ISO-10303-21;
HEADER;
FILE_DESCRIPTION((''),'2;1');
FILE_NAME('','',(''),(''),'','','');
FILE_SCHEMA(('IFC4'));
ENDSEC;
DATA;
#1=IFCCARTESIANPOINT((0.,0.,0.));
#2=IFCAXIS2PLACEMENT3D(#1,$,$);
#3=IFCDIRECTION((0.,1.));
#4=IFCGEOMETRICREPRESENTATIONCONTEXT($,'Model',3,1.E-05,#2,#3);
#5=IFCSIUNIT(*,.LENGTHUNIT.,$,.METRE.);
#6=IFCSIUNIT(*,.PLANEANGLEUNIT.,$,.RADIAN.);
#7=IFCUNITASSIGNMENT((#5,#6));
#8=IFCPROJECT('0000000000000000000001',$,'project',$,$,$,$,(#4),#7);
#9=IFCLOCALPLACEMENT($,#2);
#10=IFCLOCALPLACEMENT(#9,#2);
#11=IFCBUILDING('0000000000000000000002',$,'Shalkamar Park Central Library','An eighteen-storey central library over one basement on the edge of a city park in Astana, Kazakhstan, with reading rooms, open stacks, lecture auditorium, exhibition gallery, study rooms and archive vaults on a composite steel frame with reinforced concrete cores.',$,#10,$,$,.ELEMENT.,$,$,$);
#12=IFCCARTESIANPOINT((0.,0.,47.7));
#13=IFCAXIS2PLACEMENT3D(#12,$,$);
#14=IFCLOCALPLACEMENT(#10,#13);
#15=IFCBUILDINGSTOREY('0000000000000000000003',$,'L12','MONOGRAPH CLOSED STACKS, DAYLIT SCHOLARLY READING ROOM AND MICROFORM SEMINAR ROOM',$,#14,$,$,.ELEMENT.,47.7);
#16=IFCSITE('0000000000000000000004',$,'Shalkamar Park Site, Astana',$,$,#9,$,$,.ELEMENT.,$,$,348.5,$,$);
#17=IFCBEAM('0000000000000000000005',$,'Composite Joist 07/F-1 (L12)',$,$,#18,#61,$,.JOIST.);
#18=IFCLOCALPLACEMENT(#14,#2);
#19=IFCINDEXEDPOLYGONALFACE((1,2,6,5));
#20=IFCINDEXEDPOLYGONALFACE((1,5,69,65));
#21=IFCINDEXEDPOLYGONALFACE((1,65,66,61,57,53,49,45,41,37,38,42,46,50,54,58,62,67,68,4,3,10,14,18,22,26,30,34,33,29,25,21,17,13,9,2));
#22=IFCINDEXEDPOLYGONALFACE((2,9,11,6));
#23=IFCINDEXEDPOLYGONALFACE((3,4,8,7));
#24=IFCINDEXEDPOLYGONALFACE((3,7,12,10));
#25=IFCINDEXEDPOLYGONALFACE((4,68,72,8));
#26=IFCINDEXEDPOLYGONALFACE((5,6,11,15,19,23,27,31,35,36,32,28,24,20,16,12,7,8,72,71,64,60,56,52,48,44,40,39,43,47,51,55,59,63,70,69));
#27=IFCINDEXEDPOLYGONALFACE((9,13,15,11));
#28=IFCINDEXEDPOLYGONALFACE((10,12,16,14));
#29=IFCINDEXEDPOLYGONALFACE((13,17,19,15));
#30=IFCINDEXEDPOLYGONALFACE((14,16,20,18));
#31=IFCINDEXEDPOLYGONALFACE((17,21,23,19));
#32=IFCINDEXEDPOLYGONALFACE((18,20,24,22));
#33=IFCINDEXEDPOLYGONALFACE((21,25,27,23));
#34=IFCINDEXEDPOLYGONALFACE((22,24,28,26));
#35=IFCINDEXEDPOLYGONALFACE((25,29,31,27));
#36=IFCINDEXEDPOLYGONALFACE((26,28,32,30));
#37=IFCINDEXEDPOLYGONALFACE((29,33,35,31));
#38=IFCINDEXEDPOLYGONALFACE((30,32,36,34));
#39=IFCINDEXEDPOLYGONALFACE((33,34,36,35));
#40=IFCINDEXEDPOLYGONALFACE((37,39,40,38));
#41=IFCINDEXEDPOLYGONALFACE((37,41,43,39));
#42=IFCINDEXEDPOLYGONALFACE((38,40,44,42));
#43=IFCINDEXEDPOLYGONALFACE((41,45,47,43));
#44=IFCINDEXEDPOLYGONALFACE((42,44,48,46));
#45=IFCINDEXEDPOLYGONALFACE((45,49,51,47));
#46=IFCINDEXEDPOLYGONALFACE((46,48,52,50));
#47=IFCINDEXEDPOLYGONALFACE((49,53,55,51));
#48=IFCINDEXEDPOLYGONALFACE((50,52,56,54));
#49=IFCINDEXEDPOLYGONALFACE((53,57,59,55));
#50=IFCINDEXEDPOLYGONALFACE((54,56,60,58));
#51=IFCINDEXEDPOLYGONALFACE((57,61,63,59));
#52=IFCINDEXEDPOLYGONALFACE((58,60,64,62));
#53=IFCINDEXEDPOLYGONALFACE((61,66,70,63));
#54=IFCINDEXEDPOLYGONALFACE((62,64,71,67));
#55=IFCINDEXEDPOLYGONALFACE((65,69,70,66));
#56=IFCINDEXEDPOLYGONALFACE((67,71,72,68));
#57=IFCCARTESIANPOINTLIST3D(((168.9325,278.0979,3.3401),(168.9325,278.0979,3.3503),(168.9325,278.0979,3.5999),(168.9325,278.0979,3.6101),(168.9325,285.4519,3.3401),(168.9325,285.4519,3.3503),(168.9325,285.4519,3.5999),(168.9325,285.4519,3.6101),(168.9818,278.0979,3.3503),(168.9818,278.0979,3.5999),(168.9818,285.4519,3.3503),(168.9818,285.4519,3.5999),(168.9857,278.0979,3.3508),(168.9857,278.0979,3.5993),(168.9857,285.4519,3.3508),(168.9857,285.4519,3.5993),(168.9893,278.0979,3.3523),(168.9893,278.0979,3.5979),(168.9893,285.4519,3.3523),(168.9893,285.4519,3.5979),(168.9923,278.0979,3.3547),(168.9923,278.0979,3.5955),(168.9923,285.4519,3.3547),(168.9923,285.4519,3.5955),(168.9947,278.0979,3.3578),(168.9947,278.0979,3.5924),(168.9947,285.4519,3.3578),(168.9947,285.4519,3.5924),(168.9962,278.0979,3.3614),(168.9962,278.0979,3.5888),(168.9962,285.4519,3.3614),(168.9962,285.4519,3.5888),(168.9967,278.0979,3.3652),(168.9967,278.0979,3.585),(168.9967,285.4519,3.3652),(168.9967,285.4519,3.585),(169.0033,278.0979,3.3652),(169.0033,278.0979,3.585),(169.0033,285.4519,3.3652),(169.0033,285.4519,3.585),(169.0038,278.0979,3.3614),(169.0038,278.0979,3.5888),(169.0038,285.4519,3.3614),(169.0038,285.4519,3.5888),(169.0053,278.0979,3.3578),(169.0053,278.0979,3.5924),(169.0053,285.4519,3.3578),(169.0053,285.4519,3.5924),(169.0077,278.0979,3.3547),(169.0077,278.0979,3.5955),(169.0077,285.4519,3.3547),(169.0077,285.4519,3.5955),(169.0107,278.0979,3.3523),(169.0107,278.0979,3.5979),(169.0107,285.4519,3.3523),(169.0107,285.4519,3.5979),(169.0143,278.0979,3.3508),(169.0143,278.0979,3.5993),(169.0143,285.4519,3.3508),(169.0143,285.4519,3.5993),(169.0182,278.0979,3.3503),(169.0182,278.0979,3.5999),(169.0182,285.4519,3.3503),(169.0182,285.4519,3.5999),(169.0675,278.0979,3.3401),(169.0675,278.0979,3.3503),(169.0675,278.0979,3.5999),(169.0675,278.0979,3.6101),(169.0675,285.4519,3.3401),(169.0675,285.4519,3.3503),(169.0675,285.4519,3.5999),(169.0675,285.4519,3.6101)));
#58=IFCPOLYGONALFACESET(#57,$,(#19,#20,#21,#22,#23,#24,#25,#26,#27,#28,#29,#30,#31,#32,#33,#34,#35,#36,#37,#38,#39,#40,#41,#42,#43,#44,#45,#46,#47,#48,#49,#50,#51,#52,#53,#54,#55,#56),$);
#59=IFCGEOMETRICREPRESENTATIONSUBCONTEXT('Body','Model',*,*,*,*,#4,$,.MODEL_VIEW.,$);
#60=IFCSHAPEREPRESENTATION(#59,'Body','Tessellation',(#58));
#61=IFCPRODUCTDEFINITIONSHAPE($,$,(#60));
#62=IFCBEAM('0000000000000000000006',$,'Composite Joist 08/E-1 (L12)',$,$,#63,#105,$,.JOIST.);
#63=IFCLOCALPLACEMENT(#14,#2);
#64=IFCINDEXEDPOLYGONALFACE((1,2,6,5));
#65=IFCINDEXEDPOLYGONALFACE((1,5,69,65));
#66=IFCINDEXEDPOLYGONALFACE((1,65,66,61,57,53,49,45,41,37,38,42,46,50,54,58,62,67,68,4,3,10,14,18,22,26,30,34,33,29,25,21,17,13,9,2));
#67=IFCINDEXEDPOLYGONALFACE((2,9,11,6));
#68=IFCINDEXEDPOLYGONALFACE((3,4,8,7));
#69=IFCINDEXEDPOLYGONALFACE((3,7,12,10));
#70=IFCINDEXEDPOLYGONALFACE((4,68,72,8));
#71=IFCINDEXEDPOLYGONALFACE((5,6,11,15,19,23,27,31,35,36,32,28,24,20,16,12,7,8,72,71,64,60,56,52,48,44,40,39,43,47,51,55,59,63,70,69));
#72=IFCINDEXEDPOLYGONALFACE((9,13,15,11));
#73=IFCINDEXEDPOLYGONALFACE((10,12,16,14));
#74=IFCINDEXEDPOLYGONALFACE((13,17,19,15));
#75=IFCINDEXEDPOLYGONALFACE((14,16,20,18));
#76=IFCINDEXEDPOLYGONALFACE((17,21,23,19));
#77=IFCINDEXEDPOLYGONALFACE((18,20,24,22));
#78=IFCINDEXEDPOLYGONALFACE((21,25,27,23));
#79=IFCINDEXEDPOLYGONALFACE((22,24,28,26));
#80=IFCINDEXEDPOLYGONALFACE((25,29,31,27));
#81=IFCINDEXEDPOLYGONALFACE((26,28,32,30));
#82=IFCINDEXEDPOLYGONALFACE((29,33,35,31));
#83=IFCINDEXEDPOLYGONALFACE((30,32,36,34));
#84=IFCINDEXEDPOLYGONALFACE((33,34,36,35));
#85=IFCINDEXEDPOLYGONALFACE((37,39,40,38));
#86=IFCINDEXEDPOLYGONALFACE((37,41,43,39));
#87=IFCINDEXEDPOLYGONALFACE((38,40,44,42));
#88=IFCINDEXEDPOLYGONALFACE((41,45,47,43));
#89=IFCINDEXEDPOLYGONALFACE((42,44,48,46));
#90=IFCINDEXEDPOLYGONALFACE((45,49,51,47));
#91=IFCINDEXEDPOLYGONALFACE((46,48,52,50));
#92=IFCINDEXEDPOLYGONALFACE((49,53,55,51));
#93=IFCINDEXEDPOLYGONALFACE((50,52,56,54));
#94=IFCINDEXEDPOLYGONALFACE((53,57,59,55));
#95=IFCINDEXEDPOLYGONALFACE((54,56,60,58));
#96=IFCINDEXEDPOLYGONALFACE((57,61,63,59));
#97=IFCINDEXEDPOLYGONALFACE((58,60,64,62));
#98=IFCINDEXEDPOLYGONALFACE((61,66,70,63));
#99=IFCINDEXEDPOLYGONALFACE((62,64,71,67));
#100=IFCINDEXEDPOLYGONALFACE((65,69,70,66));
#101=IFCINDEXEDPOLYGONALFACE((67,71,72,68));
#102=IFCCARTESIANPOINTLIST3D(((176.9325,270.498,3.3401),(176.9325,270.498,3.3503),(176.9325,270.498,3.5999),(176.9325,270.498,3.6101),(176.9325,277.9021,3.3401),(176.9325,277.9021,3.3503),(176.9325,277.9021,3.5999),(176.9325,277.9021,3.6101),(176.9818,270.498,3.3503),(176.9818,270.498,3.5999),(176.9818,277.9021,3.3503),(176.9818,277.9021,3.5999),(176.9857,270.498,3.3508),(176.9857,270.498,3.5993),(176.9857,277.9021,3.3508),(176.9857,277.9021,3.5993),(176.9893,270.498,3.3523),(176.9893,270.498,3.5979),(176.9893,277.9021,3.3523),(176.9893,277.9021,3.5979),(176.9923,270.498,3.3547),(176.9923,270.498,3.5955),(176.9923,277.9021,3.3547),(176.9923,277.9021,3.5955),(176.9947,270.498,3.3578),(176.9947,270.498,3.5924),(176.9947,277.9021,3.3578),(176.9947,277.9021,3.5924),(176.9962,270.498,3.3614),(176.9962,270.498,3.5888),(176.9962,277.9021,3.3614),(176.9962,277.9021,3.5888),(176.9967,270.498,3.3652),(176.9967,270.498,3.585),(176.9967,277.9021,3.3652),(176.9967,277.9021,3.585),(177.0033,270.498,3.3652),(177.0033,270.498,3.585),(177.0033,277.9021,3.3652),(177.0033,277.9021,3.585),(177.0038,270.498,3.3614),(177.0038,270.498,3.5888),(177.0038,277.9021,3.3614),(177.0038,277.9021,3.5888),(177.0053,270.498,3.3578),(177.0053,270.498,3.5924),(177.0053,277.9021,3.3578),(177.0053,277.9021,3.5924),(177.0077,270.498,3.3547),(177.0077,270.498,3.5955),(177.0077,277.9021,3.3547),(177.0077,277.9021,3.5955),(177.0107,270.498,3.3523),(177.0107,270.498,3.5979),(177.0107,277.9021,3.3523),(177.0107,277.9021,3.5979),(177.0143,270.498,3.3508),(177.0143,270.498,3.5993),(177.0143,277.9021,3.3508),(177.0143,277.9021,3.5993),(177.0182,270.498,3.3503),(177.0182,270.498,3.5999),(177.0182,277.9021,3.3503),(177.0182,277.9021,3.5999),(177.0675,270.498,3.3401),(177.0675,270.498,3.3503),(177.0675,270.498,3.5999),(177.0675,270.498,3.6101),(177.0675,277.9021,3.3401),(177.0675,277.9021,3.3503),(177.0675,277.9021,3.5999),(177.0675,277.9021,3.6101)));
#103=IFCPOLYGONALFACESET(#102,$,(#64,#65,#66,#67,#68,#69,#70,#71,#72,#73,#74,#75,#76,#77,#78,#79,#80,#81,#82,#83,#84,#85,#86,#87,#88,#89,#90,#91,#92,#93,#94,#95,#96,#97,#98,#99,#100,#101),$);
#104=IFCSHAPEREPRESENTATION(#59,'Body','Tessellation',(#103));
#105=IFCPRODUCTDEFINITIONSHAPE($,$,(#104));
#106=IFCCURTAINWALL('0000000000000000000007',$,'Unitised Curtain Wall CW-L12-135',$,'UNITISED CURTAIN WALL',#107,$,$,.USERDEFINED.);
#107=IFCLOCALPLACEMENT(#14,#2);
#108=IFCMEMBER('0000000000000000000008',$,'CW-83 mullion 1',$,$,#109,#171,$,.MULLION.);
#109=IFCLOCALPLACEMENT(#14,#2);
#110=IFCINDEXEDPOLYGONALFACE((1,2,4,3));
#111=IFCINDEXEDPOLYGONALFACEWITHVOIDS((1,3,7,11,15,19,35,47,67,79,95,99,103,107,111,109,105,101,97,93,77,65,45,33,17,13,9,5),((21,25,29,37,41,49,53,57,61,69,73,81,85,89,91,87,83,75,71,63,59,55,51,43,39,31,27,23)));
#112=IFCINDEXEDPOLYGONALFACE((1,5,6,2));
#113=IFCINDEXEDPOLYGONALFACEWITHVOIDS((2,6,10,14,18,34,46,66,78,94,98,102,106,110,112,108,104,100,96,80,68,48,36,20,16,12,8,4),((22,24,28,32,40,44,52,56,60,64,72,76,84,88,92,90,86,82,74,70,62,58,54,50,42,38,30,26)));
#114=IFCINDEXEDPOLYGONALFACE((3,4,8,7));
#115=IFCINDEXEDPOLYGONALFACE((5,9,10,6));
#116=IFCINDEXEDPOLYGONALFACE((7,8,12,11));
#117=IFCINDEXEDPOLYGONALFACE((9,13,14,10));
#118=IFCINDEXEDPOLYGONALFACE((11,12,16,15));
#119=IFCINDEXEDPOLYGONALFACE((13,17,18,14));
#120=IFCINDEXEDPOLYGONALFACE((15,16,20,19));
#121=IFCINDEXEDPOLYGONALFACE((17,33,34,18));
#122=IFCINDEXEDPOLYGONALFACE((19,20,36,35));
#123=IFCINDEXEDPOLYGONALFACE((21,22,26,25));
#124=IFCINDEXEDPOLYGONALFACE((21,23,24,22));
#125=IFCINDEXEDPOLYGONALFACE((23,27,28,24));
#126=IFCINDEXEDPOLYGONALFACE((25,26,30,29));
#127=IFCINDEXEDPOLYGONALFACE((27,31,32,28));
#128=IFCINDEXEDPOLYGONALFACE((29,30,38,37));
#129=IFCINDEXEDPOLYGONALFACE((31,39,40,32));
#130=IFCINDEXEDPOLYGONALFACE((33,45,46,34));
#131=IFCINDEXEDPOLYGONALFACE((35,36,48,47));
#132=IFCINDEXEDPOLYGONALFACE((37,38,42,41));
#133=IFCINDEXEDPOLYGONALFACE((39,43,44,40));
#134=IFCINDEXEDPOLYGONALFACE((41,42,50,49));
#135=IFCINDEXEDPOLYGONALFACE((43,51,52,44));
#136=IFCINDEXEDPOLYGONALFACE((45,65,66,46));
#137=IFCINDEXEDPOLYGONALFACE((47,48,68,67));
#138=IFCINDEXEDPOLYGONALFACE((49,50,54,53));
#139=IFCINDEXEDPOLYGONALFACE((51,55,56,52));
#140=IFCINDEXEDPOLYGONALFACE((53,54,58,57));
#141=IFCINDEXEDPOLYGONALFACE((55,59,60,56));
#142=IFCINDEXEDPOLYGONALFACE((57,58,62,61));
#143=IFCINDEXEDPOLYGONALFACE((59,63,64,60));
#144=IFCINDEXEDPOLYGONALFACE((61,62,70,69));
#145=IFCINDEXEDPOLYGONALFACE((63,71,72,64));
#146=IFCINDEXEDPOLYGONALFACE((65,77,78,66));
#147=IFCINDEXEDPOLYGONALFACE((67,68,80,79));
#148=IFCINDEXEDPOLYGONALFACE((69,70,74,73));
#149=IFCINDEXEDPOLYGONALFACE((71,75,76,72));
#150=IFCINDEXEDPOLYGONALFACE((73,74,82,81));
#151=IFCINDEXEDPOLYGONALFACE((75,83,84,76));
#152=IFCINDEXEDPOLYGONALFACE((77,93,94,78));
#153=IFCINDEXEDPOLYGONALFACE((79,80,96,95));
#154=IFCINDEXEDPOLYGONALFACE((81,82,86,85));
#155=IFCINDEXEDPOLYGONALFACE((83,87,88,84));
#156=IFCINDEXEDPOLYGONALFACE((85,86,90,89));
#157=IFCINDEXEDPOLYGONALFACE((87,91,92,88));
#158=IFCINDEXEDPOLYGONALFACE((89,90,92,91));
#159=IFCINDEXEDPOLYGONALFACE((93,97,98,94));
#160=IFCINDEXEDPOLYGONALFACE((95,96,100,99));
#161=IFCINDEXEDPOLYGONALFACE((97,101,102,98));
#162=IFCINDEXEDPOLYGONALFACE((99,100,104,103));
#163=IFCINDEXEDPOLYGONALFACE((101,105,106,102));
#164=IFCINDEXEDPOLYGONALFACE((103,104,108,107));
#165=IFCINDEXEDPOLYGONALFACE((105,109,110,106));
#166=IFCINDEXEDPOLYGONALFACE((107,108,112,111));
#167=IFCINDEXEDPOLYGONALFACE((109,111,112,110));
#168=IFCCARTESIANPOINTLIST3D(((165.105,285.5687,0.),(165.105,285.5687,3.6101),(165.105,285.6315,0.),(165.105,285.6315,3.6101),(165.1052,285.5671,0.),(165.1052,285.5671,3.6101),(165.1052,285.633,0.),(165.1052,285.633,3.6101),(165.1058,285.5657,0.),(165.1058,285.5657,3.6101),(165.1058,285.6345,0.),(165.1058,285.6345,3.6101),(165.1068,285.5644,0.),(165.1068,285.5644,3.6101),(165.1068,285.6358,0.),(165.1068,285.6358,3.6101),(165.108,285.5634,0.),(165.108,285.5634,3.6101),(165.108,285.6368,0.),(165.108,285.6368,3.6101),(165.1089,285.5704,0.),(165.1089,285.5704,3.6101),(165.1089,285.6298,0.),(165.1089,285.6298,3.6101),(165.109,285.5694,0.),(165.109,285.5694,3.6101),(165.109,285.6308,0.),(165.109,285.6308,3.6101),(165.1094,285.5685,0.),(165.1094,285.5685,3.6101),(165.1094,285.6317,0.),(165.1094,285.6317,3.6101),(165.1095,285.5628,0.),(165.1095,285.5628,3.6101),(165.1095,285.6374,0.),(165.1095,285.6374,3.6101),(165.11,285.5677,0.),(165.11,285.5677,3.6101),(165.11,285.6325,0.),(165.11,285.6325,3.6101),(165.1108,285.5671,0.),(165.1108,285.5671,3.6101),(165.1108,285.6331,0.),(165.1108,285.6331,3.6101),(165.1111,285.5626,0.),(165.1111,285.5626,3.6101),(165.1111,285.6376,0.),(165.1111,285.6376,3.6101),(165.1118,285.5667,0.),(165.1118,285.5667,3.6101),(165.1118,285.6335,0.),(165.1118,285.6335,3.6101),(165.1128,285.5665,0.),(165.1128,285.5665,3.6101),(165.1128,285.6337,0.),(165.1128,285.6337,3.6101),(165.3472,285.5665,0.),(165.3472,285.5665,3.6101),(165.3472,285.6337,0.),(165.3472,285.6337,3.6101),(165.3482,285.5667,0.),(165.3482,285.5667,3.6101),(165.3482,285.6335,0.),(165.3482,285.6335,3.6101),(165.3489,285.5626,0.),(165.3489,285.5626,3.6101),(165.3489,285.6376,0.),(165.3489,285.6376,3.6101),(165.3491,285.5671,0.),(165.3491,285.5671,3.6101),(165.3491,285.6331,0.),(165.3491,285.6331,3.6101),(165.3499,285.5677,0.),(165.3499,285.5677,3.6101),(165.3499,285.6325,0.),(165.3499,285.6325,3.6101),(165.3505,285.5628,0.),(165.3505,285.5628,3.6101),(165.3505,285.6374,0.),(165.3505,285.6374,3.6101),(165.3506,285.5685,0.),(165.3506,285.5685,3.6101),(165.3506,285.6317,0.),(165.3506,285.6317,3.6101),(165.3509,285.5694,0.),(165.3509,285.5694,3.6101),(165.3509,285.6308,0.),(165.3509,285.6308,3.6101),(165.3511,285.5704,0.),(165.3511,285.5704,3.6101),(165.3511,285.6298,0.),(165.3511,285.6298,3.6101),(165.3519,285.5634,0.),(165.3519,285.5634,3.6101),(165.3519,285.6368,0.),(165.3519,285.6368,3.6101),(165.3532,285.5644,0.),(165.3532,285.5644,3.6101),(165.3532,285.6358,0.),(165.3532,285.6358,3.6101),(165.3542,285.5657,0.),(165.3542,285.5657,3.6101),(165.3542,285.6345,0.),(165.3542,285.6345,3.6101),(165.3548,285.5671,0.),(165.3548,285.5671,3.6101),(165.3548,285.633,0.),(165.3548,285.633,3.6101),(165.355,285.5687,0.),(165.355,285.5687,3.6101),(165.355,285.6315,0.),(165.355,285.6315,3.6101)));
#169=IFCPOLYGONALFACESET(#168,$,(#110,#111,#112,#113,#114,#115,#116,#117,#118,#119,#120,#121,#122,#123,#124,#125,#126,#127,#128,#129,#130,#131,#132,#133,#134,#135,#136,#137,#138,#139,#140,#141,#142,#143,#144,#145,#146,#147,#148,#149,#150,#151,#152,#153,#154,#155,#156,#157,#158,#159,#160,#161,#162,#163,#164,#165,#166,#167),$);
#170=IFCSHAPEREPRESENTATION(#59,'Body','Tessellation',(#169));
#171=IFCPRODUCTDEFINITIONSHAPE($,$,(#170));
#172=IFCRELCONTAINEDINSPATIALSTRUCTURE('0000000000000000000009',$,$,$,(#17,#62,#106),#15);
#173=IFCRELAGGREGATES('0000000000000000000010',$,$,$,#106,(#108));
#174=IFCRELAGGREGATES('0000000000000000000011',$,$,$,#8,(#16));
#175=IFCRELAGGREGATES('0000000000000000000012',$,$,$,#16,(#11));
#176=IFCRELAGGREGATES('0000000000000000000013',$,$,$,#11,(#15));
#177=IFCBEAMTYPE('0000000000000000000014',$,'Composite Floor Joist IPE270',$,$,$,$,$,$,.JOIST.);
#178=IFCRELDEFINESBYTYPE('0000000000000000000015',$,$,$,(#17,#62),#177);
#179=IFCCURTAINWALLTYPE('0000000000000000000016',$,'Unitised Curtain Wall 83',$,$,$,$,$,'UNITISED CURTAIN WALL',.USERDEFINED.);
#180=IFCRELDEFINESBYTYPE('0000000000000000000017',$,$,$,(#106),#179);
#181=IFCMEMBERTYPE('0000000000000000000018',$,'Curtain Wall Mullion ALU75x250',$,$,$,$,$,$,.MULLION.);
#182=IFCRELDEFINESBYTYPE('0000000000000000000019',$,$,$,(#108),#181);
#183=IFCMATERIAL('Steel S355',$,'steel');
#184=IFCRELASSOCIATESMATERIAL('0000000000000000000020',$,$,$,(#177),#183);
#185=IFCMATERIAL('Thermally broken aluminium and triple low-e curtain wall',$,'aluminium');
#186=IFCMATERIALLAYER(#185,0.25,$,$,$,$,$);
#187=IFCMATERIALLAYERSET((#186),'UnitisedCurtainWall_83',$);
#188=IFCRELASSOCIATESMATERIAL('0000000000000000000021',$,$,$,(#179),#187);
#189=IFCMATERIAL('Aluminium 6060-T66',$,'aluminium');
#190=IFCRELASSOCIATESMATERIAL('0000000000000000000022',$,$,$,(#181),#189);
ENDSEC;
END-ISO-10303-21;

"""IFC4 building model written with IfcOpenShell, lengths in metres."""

from ifc_helpers import new_model, si_unit, direction, frame, origin, origin_2d, place, context, subcontext, project, spatial, hollow_rectangle, i_section, extrude, material, layer, layer_set, material_profile, profile_set, type_object, element, aggregate, save


model = new_model("IFC4")

# Units and contexts
model_context = context("Model", 3, precision=1e-05, world=origin(), true_north=direction((0.0, 1.0)))
body_context = subcontext(model_context, "Body", "Model", "MODEL_VIEW")
ifc_project = project(units=[si_unit("LENGTHUNIT", "METRE"), si_unit("PLANEANGLEUNIT", "RADIAN")], contexts=[model_context])

# Site, building, storey
site_placement = place(None, origin())
site = spatial("IfcSite", under=ifc_project, at=site_placement, Name="Shalkamar Park Site, Astana", CompositionType="ELEMENT", RefElevation=348.5)
building_placement = place(site_placement, origin())
building = spatial("IfcBuilding", under=site, at=building_placement, Name="Shalkamar Park Central Library", Description="An eighteen-storey central library over one basement on the edge of a city park in Astana, Kazakhstan, with reading rooms, open stacks, lecture auditorium, exhibition gallery, study rooms and archive vaults on a composite steel frame with reinforced concrete cores.", CompositionType="ELEMENT")
storey_placement = place(building_placement, frame((0.0, 0.0, 47.7)))
storey = spatial("IfcBuildingStorey", under=building, at=storey_placement, Name="L12", Description="MONOGRAPH CLOSED STACKS, DAYLIT SCHOLARLY READING ROOM AND MICROFORM SEMINAR ROOM", CompositionType="ELEMENT", Elevation=47.7)

# Shared definitions
ifc_material_1 = material(Name="Steel S355", Category="steel")

# Beams
ifc_material_profile_1 = material_profile(ifc_material_1, i_section(OverallWidth=0.135, OverallDepth=0.27, WebThickness=0.0066, FlangeThickness=0.0103, FilletRadius=0.0149, at=origin_2d()), Name="IPE 270")
ifc_profile_set_1 = profile_set([ifc_material_profile_1], Name="Steel S355")
beam_type_1 = type_object("IfcBeamType", Name="Composite Floor Joist IPE270", PredefinedType="JOIST", material=ifc_profile_set_1)
beam_1_placement = place(storey_placement, frame((169.0, 278.0979, 3.4751), z_axis=(0.0, 1.0, 0.0), x_axis=(-1.0, 0.0, 0.0)))
element("IfcBeam", 1, at=beam_1_placement, inside=storey, type_object=beam_type_1, Name="Composite Joist 07/F-1 (L12)", PredefinedType="JOIST", context=body_context, shape_type="SweptSolid", body=[
    extrude(i_section(OverallWidth=0.135, OverallDepth=0.27, WebThickness=0.0066, FlangeThickness=0.0103, FilletRadius=0.0149, at=origin_2d()), origin(), (0.0, 0.0, 1.0), 7.354),
])
beam_2_placement = place(storey_placement, frame((177.0, 270.498, 3.4751), z_axis=(0.0, 1.0, 0.0), x_axis=(-1.0, 0.0, 0.0)))
element("IfcBeam", 2, at=beam_2_placement, inside=storey, type_object=beam_type_1, Name="Composite Joist 08/E-1 (L12)", PredefinedType="JOIST", context=body_context, shape_type="SweptSolid", body=[
    extrude(i_section(OverallWidth=0.135, OverallDepth=0.27, WebThickness=0.0066, FlangeThickness=0.0103, FilletRadius=0.0149, at=origin_2d()), origin(), (0.0, 0.0, 1.0), 7.4041),
])

# Curtain wall, member
ifc_material_2 = material(Name="Thermally broken aluminium and triple low-e curtain wall", Category="aluminium")
ifc_layer_1 = layer(ifc_material_2, 0.25)
ifc_layer_set_1 = layer_set([ifc_layer_1], Name="UnitisedCurtainWall_83")
curtain_wall_type = type_object("IfcCurtainWallType", Name="Unitised Curtain Wall 83", ElementType="UNITISED CURTAIN WALL", PredefinedType="USERDEFINED", material=ifc_layer_set_1)
curtain_wall_placement = place(storey_placement, origin())
curtain_wall = element("IfcCurtainWall", 3, at=curtain_wall_placement, inside=storey, type_object=curtain_wall_type, Name="Unitised Curtain Wall CW-L12-135", ObjectType="UNITISED CURTAIN WALL", PredefinedType="USERDEFINED")
ifc_material_3 = material(Name="Aluminium 6060-T66", Category="aluminium")
ifc_material_profile_2 = material_profile(ifc_material_3, hollow_rectangle(XDim=0.075, YDim=0.25, WallThickness=0.0039, InnerFilletRadius=0.0039, OuterFilletRadius=0.0061, at=origin_2d()), Name="ALU 75x250x4")
ifc_profile_set_2 = profile_set([ifc_material_profile_2], Name="Aluminium 6060-T66")
member_type_1 = type_object("IfcMemberType", Name="Curtain Wall Mullion ALU75x250", PredefinedType="MULLION", material=ifc_profile_set_2)
member_1_placement = place(storey_placement, frame((165.23, 285.6001, 0.0), z_axis=(0.0, 0.0, 1.0), x_axis=(0.0, 1.0, 0.0)))
member_1 = element("IfcMember", 4, at=member_1_placement, type_object=member_type_1, Name="CW-83 mullion 1", PredefinedType="MULLION", context=body_context, shape_type="SweptSolid", body=[
    extrude(hollow_rectangle(XDim=0.075, YDim=0.25, WallThickness=0.0039, InnerFilletRadius=0.0039, OuterFilletRadius=0.0061, at=origin_2d()), origin(), (0.0, 0.0, 1.0), 3.6101),
])
aggregate(curtain_wall, [member_1])

save(model, "model.ifc")
